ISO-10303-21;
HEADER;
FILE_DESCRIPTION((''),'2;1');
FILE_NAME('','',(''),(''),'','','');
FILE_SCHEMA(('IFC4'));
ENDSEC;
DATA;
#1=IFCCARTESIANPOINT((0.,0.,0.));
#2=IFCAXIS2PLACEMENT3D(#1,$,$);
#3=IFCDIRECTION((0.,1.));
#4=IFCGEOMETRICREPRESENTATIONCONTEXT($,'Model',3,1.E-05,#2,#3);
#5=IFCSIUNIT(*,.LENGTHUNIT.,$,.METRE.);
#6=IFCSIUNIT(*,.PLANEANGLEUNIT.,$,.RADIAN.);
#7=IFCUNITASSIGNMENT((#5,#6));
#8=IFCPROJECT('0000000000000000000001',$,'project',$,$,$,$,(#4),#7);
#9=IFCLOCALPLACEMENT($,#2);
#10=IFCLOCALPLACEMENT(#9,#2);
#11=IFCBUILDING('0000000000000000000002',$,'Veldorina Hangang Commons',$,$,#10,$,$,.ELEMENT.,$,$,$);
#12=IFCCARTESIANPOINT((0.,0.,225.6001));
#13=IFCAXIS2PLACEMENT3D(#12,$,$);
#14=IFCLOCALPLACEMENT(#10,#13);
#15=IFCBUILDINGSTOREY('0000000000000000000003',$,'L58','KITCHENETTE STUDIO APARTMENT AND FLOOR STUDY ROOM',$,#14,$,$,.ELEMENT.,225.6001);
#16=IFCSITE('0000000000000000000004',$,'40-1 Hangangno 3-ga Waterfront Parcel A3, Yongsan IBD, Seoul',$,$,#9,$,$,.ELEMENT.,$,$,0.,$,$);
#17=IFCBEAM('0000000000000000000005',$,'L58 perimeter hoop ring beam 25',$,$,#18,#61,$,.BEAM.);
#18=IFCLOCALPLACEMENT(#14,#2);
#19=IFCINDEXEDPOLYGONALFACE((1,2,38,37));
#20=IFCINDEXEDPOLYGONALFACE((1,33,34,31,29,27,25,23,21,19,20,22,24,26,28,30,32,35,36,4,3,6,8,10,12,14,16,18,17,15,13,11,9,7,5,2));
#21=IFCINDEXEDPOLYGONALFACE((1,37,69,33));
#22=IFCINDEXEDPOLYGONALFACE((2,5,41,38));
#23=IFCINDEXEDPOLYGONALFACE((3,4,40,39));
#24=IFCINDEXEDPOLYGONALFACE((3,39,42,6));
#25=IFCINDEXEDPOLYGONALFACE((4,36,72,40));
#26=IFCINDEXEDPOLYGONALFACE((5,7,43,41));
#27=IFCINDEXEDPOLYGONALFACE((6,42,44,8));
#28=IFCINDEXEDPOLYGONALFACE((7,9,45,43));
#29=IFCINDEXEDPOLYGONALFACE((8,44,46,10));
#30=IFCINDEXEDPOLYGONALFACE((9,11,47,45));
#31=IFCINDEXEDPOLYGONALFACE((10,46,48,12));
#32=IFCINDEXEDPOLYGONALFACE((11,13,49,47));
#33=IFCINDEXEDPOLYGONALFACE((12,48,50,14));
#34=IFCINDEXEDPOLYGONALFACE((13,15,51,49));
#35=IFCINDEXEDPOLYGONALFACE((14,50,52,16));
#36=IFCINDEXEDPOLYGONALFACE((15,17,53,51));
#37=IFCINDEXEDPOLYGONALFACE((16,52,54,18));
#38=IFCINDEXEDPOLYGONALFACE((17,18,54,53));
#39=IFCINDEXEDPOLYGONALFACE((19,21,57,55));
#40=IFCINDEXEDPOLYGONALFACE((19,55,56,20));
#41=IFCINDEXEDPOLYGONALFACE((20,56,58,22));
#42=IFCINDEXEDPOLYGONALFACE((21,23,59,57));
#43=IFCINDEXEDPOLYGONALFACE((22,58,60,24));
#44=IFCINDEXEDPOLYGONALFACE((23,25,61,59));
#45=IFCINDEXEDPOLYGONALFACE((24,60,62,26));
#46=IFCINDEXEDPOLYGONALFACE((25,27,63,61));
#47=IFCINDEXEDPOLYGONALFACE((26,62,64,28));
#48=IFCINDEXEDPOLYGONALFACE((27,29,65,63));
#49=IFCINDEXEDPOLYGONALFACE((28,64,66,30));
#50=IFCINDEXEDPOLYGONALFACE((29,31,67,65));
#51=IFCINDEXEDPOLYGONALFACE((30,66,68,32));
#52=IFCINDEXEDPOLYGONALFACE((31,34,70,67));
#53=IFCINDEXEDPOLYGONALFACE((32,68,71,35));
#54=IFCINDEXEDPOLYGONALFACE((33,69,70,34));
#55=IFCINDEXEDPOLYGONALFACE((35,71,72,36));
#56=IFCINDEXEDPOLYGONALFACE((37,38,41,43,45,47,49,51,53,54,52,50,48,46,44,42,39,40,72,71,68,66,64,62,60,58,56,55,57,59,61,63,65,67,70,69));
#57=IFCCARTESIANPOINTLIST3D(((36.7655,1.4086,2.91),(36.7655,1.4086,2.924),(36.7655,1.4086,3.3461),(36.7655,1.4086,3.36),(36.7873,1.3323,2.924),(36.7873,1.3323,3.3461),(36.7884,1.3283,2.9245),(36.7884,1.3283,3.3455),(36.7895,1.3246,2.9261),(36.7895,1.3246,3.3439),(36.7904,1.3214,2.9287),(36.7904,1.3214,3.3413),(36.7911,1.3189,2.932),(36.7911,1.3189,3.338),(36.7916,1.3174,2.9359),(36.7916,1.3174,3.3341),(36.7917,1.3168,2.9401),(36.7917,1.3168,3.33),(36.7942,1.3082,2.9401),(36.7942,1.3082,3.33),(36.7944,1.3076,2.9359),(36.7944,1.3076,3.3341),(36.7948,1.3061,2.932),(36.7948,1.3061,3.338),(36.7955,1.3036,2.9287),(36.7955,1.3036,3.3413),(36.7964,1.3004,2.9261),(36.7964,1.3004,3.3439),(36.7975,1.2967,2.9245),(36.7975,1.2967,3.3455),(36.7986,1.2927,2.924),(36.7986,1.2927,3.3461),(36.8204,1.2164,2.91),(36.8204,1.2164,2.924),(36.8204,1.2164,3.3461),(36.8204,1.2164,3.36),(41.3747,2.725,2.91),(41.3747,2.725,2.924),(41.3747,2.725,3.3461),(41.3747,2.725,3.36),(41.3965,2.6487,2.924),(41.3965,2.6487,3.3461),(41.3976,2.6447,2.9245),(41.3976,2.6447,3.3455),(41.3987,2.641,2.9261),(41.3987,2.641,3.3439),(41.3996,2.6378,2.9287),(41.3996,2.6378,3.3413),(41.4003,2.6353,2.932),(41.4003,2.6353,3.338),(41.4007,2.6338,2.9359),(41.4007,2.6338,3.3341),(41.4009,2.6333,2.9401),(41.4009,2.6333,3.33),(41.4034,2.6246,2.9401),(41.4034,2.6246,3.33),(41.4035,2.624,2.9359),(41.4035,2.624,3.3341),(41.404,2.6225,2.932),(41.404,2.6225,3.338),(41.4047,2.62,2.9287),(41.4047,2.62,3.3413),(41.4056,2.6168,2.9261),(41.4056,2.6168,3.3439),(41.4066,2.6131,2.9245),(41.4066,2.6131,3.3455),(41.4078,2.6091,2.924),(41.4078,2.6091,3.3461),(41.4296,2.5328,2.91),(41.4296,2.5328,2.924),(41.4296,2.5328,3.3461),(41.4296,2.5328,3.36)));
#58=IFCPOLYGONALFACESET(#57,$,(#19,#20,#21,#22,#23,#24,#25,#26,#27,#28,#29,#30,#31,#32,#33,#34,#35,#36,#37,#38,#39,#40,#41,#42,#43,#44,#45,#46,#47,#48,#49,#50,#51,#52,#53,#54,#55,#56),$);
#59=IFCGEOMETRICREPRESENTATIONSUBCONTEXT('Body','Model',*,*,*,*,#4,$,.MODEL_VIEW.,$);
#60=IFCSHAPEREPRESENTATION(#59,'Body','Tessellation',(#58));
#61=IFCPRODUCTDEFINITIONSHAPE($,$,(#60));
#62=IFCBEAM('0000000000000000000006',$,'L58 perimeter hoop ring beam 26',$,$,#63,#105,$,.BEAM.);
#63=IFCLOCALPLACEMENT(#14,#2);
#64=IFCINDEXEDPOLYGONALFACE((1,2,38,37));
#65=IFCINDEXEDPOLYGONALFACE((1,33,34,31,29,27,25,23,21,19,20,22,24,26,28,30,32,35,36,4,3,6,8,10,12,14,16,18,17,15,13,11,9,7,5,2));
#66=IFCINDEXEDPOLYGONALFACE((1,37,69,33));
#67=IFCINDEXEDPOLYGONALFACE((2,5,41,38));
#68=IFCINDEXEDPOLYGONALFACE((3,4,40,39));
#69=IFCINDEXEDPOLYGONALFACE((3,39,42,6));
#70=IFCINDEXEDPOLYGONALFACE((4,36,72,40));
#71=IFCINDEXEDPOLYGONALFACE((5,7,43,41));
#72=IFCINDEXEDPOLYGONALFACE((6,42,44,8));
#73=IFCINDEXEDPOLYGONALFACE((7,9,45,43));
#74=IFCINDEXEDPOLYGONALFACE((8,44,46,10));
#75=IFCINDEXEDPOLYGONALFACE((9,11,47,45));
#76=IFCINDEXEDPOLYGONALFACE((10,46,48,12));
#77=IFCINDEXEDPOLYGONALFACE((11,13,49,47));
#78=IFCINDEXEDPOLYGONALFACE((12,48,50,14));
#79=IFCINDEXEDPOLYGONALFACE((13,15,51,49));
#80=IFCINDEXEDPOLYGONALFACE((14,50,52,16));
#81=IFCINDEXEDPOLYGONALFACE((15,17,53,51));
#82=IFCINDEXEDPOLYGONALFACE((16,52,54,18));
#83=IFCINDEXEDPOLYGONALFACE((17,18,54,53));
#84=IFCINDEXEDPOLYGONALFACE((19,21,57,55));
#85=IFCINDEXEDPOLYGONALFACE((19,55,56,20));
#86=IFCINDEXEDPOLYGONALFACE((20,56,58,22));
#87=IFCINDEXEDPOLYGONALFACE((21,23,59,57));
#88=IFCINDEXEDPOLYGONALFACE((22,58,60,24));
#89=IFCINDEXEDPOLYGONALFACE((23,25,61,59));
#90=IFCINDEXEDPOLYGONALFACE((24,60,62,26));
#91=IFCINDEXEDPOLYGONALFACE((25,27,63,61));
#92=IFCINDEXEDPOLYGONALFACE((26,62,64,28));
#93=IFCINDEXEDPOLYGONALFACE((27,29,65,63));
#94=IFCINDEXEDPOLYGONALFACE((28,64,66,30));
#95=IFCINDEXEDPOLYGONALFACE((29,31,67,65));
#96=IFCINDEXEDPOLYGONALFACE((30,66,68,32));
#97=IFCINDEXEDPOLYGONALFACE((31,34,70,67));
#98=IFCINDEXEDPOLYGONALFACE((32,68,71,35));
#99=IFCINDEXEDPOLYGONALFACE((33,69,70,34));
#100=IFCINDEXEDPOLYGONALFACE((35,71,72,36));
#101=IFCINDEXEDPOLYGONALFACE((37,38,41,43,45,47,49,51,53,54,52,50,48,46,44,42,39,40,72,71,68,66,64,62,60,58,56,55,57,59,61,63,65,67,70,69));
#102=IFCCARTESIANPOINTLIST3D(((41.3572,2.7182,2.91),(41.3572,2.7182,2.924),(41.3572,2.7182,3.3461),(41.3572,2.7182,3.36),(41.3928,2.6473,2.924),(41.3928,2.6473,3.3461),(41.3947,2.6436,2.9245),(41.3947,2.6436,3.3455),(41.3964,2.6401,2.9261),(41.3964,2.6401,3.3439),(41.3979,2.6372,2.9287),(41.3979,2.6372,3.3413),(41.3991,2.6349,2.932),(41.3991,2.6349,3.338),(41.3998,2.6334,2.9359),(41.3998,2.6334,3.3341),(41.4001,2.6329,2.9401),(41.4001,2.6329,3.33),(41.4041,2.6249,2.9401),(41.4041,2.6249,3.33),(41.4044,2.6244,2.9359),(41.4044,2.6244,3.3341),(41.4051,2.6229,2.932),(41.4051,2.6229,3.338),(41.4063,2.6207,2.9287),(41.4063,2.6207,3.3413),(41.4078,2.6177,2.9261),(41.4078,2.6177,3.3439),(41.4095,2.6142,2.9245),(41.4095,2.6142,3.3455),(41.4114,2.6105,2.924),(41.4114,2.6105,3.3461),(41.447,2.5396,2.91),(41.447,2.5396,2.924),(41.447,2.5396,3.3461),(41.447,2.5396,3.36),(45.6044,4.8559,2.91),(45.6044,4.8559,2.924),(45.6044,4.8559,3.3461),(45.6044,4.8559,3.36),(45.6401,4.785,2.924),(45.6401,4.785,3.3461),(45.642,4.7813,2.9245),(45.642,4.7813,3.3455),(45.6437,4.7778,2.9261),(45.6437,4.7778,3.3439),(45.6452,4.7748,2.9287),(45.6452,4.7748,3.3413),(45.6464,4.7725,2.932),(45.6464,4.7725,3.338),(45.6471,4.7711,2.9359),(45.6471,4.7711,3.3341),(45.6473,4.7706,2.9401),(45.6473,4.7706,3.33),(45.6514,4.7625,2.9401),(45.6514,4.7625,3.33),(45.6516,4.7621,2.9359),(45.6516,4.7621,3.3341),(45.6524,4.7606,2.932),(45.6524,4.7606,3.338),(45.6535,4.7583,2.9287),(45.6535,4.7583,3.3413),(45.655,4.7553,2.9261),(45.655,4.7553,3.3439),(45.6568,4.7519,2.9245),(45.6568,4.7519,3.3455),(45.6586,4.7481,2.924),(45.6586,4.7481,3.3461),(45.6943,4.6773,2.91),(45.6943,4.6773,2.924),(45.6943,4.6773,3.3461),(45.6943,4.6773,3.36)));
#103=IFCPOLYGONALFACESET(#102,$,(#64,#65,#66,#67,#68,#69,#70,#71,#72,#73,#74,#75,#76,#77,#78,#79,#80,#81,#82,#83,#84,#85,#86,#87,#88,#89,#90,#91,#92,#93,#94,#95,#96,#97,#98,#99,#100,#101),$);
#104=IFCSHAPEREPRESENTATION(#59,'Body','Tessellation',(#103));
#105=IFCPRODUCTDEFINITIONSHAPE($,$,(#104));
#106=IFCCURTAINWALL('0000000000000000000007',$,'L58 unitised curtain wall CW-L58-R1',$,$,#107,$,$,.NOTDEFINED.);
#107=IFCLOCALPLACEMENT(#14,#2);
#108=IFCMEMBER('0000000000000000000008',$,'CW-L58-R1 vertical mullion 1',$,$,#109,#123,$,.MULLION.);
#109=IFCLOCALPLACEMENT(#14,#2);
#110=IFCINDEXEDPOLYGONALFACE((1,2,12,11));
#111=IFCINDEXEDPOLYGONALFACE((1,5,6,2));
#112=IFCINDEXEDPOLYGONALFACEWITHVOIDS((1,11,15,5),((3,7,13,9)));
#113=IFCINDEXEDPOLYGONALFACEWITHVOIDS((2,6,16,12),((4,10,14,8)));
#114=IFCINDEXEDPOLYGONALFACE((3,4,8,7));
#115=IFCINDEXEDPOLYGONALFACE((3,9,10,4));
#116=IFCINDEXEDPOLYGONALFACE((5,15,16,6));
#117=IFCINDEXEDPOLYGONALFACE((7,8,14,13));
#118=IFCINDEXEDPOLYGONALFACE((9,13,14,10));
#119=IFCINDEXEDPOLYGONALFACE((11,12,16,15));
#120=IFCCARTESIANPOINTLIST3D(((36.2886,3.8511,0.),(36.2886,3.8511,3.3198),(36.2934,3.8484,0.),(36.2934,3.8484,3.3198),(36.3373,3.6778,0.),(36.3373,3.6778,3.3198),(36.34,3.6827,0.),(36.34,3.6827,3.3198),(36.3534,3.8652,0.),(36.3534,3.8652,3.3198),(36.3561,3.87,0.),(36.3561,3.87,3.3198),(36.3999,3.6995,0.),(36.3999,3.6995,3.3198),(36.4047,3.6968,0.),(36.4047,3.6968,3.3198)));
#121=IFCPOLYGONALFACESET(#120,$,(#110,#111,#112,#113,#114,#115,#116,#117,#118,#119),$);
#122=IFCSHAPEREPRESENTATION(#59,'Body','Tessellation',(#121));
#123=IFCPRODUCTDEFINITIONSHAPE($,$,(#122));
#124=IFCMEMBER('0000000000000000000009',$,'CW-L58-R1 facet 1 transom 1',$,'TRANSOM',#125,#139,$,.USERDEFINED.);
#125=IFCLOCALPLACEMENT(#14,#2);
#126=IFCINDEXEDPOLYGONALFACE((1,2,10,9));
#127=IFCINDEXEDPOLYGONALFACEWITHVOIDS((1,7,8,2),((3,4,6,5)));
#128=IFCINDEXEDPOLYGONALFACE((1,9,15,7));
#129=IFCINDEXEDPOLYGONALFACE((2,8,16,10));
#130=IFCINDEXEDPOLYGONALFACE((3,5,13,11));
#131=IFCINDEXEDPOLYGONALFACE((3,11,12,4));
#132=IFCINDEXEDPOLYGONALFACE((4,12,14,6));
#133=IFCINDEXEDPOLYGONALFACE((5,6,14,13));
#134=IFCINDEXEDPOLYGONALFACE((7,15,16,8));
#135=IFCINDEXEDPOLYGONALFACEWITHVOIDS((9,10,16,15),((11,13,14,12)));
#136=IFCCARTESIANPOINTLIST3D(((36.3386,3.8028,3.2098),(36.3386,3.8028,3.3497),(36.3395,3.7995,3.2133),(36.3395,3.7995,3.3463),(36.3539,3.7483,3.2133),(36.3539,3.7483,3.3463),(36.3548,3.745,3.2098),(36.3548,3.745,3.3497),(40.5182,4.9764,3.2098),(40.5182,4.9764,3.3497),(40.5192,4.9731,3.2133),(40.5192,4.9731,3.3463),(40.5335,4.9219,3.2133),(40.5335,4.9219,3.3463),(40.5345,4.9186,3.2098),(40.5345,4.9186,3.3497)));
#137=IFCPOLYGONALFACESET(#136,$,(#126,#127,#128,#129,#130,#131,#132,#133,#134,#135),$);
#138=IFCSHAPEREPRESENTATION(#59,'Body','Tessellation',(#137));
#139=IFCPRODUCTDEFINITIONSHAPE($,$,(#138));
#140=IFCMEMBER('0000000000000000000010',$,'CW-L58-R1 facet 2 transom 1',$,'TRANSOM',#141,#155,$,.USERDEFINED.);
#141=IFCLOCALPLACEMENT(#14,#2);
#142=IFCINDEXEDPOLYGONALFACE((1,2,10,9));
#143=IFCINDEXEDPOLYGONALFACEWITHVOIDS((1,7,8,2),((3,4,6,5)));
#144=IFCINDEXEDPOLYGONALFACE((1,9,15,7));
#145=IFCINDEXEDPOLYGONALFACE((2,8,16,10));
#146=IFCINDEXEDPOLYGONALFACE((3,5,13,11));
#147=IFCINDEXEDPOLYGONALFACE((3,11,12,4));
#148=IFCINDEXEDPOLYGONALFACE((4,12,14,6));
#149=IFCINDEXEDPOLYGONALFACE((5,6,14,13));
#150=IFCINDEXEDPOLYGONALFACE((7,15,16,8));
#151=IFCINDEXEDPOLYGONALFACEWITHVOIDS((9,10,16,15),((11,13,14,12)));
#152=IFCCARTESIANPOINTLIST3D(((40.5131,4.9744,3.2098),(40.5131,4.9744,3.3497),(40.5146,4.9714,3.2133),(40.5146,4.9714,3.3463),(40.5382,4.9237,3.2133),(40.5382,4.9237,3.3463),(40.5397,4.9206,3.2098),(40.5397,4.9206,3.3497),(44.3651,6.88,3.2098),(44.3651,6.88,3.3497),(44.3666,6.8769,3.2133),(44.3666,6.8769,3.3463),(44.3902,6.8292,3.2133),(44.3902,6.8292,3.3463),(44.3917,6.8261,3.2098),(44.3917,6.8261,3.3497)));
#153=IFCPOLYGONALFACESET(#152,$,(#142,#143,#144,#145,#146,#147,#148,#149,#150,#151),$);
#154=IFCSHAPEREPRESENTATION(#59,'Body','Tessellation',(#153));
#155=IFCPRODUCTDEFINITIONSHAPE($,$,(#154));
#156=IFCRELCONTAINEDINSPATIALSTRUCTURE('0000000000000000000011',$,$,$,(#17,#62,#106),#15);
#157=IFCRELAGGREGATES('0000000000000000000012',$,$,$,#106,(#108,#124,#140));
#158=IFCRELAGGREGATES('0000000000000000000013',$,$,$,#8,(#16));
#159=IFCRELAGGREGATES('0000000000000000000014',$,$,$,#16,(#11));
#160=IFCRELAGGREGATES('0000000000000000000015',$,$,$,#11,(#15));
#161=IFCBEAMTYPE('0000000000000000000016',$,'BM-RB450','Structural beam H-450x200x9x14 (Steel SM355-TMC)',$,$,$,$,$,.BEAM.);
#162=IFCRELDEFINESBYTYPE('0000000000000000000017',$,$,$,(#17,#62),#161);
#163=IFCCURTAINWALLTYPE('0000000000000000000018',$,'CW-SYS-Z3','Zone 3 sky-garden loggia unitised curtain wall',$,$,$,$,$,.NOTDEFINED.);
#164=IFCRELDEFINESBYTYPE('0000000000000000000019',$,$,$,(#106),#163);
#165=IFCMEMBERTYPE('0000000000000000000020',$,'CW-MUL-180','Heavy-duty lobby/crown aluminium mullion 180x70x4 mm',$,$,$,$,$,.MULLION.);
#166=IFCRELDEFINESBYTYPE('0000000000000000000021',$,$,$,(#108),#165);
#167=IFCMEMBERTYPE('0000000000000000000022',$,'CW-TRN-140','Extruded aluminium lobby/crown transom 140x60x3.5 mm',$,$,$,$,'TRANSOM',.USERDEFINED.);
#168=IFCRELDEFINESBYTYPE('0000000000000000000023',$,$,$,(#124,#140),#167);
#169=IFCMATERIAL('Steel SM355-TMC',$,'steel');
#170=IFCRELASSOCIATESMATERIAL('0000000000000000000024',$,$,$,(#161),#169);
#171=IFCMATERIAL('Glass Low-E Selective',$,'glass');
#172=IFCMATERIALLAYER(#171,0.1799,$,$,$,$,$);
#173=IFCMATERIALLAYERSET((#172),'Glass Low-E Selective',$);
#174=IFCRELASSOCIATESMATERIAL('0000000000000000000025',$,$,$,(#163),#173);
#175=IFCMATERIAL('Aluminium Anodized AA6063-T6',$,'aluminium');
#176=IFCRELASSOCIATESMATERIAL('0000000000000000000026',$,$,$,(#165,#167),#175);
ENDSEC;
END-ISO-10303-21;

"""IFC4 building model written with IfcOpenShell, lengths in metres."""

from ifc_helpers import new_model, si_unit, direction, frame, origin, origin_2d, place, context, subcontext, project, spatial, hollow_rectangle, i_section, extrude, material, layer, layer_set, material_profile, profile_set, type_object, element, aggregate, save


model = new_model("IFC4")

# Units and contexts
model_context = context("Model", 3, precision=1e-05, world=origin(), true_north=direction((0.0, 1.0)))
body_context = subcontext(model_context, "Body", "Model", "MODEL_VIEW")
ifc_project = project(units=[si_unit("LENGTHUNIT", "METRE"), si_unit("PLANEANGLEUNIT", "RADIAN")], contexts=[model_context])

# Site, building, storey
site_placement = place(None, origin())
site = spatial("IfcSite", under=ifc_project, at=site_placement, Name="40-1 Hangangno 3-ga Waterfront Parcel A3, Yongsan IBD, Seoul", CompositionType="ELEMENT", RefElevation=0.0)
building_placement = place(site_placement, origin())
building = spatial("IfcBuilding", under=site, at=building_placement, Name="Veldorina Hangang Commons", CompositionType="ELEMENT")
storey_placement = place(building_placement, frame((0.0, 0.0, 225.6001)))
storey = spatial("IfcBuildingStorey", under=building, at=storey_placement, Name="L58", Description="KITCHENETTE STUDIO APARTMENT AND FLOOR STUDY ROOM", CompositionType="ELEMENT", Elevation=225.6001)

# Beams
ifc_material_1 = material(Name="Steel SM355-TMC", Category="steel")
ifc_material_profile_1 = material_profile(ifc_material_1, i_section(OverallWidth=0.2, OverallDepth=0.45, WebThickness=0.009, FlangeThickness=0.0139, FilletRadius=0.0161, at=origin_2d()), Name="H-450x200x9x14")
ifc_profile_set_1 = profile_set([ifc_material_profile_1], Name="Steel SM355-TMC")
beam_type = type_object("IfcBeamType", Name="BM-RB450", Description="Structural beam H-450x200x9x14 (Steel SM355-TMC)", PredefinedType="BEAM", material=ifc_profile_set_1)
beam_1_placement = place(storey_placement, frame((36.793, 1.3125, 3.135), z_axis=(0.961551, 0.274627, 0.0), x_axis=(-0.274627, 0.961551, 0.0)))
element("IfcBeam", 1, at=beam_1_placement, inside=storey, type_object=beam_type, Name="L58 perimeter hoop ring beam 25", PredefinedType="BEAM", context=body_context, shape_type="SweptSolid", body=[
    extrude(i_section(OverallWidth=0.2, OverallDepth=0.45, WebThickness=0.009, FlangeThickness=0.0139, FilletRadius=0.0161, at=origin_2d()), origin(), (0.0, 0.0, 1.0), 4.7935),
])
beam_2_placement = place(storey_placement, frame((41.4021, 2.6289, 3.135), z_axis=(0.893243, 0.449574, 0.0), x_axis=(-0.449574, 0.893243, 0.0)))
element("IfcBeam", 2, at=beam_2_placement, inside=storey, type_object=beam_type, Name="L58 perimeter hoop ring beam 26", PredefinedType="BEAM", context=body_context, shape_type="SweptSolid", body=[
    extrude(i_section(OverallWidth=0.2, OverallDepth=0.45, WebThickness=0.009, FlangeThickness=0.0139, FilletRadius=0.0161, at=origin_2d()), origin(), (0.0, 0.0, 1.0), 4.7549),
])

# Curtain wall, members
ifc_material_2 = material(Name="Glass Low-E Selective", Category="glass")
ifc_layer_1 = layer(ifc_material_2, 0.1799)
ifc_layer_set_1 = layer_set([ifc_layer_1], Name="Glass Low-E Selective")
curtain_wall_type = type_object("IfcCurtainWallType", Name="CW-SYS-Z3", Description="Zone 3 sky-garden loggia unitised curtain wall", PredefinedType="NOTDEFINED", material=ifc_layer_set_1)
curtain_wall_placement = place(storey_placement, origin())
curtain_wall = element("IfcCurtainWall", 3, at=curtain_wall_placement, inside=storey, type_object=curtain_wall_type, Name="L58 unitised curtain wall CW-L58-R1", PredefinedType="NOTDEFINED")
ifc_material_3 = material(Name="Aluminium Anodized AA6063-T6", Category="aluminium")
ifc_material_profile_2 = material_profile(ifc_material_3, hollow_rectangle(XDim=0.0701, YDim=0.1799, WallThickness=0.0039, at=origin_2d()), Name="ALU-RHS-180x70x4")
ifc_profile_set_2 = profile_set([ifc_material_profile_2], Name="Aluminium Anodized AA6063-T6")
member_type_1 = type_object("IfcMemberType", Name="CW-MUL-180", Description="Heavy-duty lobby/crown aluminium mullion 180x70x4 mm", PredefinedType="MULLION", material=ifc_profile_set_2)
member_1_placement = place(storey_placement, frame((36.3467, 3.7739, 0.0), z_axis=(0.0, 0.0, 1.0), x_axis=(0.962772, 0.270315, 0.0)))
member_1 = element("IfcMember", 4, at=member_1_placement, type_object=member_type_1, Name="CW-L58-R1 vertical mullion 1", PredefinedType="MULLION", context=body_context, shape_type="SweptSolid", body=[
    extrude(hollow_rectangle(XDim=0.0701, YDim=0.1799, WallThickness=0.0039, at=origin_2d()), origin(), (0.0, 0.0, 1.0), 3.3198),
])
ifc_material_profile_3 = material_profile(ifc_material_3, hollow_rectangle(XDim=0.0601, YDim=0.1399, WallThickness=0.0034, at=origin_2d()), Name="ALU-RHS-140x60x3.5")
ifc_profile_set_3 = profile_set([ifc_material_profile_3], Name="Aluminium Anodized AA6063-T6")
member_type_2 = type_object("IfcMemberType", Name="CW-TRN-140", Description="Extruded aluminium lobby/crown transom 140x60x3.5 mm", ElementType="TRANSOM", PredefinedType="USERDEFINED", material=ifc_profile_set_3)
member_2_placement = place(storey_placement, frame((36.3467, 3.7739, 3.2798), z_axis=(0.962768, 0.270329, 0.0), x_axis=(-0.270329, 0.962768, 0.0)))
member_2 = element("IfcMember", 5, at=member_2_placement, type_object=member_type_2, Name="CW-L58-R1 facet 1 transom 1", ObjectType="TRANSOM", PredefinedType="USERDEFINED", context=body_context, shape_type="SweptSolid", body=[
    extrude(hollow_rectangle(XDim=0.0601, YDim=0.1399, WallThickness=0.0034, at=origin_2d()), origin(), (0.0, 0.0, 1.0), 4.3413),
])
member_3_placement = place(storey_placement, frame((40.5264, 4.9475, 3.2798), z_axis=(0.896328, 0.443392, 0.0), x_axis=(-0.443392, 0.896328, 0.0)))
member_3 = element("IfcMember", 6, at=member_3_placement, type_object=member_type_2, Name="CW-L58-R1 facet 2 transom 1", ObjectType="TRANSOM", PredefinedType="USERDEFINED", context=body_context, shape_type="SweptSolid", body=[
    extrude(hollow_rectangle(XDim=0.0601, YDim=0.1399, WallThickness=0.0034, at=origin_2d()), origin(), (0.0, 0.0, 1.0), 4.2976),
])

aggregate(curtain_wall, [member_1, member_2, member_3])

save(model, "model.ifc")
